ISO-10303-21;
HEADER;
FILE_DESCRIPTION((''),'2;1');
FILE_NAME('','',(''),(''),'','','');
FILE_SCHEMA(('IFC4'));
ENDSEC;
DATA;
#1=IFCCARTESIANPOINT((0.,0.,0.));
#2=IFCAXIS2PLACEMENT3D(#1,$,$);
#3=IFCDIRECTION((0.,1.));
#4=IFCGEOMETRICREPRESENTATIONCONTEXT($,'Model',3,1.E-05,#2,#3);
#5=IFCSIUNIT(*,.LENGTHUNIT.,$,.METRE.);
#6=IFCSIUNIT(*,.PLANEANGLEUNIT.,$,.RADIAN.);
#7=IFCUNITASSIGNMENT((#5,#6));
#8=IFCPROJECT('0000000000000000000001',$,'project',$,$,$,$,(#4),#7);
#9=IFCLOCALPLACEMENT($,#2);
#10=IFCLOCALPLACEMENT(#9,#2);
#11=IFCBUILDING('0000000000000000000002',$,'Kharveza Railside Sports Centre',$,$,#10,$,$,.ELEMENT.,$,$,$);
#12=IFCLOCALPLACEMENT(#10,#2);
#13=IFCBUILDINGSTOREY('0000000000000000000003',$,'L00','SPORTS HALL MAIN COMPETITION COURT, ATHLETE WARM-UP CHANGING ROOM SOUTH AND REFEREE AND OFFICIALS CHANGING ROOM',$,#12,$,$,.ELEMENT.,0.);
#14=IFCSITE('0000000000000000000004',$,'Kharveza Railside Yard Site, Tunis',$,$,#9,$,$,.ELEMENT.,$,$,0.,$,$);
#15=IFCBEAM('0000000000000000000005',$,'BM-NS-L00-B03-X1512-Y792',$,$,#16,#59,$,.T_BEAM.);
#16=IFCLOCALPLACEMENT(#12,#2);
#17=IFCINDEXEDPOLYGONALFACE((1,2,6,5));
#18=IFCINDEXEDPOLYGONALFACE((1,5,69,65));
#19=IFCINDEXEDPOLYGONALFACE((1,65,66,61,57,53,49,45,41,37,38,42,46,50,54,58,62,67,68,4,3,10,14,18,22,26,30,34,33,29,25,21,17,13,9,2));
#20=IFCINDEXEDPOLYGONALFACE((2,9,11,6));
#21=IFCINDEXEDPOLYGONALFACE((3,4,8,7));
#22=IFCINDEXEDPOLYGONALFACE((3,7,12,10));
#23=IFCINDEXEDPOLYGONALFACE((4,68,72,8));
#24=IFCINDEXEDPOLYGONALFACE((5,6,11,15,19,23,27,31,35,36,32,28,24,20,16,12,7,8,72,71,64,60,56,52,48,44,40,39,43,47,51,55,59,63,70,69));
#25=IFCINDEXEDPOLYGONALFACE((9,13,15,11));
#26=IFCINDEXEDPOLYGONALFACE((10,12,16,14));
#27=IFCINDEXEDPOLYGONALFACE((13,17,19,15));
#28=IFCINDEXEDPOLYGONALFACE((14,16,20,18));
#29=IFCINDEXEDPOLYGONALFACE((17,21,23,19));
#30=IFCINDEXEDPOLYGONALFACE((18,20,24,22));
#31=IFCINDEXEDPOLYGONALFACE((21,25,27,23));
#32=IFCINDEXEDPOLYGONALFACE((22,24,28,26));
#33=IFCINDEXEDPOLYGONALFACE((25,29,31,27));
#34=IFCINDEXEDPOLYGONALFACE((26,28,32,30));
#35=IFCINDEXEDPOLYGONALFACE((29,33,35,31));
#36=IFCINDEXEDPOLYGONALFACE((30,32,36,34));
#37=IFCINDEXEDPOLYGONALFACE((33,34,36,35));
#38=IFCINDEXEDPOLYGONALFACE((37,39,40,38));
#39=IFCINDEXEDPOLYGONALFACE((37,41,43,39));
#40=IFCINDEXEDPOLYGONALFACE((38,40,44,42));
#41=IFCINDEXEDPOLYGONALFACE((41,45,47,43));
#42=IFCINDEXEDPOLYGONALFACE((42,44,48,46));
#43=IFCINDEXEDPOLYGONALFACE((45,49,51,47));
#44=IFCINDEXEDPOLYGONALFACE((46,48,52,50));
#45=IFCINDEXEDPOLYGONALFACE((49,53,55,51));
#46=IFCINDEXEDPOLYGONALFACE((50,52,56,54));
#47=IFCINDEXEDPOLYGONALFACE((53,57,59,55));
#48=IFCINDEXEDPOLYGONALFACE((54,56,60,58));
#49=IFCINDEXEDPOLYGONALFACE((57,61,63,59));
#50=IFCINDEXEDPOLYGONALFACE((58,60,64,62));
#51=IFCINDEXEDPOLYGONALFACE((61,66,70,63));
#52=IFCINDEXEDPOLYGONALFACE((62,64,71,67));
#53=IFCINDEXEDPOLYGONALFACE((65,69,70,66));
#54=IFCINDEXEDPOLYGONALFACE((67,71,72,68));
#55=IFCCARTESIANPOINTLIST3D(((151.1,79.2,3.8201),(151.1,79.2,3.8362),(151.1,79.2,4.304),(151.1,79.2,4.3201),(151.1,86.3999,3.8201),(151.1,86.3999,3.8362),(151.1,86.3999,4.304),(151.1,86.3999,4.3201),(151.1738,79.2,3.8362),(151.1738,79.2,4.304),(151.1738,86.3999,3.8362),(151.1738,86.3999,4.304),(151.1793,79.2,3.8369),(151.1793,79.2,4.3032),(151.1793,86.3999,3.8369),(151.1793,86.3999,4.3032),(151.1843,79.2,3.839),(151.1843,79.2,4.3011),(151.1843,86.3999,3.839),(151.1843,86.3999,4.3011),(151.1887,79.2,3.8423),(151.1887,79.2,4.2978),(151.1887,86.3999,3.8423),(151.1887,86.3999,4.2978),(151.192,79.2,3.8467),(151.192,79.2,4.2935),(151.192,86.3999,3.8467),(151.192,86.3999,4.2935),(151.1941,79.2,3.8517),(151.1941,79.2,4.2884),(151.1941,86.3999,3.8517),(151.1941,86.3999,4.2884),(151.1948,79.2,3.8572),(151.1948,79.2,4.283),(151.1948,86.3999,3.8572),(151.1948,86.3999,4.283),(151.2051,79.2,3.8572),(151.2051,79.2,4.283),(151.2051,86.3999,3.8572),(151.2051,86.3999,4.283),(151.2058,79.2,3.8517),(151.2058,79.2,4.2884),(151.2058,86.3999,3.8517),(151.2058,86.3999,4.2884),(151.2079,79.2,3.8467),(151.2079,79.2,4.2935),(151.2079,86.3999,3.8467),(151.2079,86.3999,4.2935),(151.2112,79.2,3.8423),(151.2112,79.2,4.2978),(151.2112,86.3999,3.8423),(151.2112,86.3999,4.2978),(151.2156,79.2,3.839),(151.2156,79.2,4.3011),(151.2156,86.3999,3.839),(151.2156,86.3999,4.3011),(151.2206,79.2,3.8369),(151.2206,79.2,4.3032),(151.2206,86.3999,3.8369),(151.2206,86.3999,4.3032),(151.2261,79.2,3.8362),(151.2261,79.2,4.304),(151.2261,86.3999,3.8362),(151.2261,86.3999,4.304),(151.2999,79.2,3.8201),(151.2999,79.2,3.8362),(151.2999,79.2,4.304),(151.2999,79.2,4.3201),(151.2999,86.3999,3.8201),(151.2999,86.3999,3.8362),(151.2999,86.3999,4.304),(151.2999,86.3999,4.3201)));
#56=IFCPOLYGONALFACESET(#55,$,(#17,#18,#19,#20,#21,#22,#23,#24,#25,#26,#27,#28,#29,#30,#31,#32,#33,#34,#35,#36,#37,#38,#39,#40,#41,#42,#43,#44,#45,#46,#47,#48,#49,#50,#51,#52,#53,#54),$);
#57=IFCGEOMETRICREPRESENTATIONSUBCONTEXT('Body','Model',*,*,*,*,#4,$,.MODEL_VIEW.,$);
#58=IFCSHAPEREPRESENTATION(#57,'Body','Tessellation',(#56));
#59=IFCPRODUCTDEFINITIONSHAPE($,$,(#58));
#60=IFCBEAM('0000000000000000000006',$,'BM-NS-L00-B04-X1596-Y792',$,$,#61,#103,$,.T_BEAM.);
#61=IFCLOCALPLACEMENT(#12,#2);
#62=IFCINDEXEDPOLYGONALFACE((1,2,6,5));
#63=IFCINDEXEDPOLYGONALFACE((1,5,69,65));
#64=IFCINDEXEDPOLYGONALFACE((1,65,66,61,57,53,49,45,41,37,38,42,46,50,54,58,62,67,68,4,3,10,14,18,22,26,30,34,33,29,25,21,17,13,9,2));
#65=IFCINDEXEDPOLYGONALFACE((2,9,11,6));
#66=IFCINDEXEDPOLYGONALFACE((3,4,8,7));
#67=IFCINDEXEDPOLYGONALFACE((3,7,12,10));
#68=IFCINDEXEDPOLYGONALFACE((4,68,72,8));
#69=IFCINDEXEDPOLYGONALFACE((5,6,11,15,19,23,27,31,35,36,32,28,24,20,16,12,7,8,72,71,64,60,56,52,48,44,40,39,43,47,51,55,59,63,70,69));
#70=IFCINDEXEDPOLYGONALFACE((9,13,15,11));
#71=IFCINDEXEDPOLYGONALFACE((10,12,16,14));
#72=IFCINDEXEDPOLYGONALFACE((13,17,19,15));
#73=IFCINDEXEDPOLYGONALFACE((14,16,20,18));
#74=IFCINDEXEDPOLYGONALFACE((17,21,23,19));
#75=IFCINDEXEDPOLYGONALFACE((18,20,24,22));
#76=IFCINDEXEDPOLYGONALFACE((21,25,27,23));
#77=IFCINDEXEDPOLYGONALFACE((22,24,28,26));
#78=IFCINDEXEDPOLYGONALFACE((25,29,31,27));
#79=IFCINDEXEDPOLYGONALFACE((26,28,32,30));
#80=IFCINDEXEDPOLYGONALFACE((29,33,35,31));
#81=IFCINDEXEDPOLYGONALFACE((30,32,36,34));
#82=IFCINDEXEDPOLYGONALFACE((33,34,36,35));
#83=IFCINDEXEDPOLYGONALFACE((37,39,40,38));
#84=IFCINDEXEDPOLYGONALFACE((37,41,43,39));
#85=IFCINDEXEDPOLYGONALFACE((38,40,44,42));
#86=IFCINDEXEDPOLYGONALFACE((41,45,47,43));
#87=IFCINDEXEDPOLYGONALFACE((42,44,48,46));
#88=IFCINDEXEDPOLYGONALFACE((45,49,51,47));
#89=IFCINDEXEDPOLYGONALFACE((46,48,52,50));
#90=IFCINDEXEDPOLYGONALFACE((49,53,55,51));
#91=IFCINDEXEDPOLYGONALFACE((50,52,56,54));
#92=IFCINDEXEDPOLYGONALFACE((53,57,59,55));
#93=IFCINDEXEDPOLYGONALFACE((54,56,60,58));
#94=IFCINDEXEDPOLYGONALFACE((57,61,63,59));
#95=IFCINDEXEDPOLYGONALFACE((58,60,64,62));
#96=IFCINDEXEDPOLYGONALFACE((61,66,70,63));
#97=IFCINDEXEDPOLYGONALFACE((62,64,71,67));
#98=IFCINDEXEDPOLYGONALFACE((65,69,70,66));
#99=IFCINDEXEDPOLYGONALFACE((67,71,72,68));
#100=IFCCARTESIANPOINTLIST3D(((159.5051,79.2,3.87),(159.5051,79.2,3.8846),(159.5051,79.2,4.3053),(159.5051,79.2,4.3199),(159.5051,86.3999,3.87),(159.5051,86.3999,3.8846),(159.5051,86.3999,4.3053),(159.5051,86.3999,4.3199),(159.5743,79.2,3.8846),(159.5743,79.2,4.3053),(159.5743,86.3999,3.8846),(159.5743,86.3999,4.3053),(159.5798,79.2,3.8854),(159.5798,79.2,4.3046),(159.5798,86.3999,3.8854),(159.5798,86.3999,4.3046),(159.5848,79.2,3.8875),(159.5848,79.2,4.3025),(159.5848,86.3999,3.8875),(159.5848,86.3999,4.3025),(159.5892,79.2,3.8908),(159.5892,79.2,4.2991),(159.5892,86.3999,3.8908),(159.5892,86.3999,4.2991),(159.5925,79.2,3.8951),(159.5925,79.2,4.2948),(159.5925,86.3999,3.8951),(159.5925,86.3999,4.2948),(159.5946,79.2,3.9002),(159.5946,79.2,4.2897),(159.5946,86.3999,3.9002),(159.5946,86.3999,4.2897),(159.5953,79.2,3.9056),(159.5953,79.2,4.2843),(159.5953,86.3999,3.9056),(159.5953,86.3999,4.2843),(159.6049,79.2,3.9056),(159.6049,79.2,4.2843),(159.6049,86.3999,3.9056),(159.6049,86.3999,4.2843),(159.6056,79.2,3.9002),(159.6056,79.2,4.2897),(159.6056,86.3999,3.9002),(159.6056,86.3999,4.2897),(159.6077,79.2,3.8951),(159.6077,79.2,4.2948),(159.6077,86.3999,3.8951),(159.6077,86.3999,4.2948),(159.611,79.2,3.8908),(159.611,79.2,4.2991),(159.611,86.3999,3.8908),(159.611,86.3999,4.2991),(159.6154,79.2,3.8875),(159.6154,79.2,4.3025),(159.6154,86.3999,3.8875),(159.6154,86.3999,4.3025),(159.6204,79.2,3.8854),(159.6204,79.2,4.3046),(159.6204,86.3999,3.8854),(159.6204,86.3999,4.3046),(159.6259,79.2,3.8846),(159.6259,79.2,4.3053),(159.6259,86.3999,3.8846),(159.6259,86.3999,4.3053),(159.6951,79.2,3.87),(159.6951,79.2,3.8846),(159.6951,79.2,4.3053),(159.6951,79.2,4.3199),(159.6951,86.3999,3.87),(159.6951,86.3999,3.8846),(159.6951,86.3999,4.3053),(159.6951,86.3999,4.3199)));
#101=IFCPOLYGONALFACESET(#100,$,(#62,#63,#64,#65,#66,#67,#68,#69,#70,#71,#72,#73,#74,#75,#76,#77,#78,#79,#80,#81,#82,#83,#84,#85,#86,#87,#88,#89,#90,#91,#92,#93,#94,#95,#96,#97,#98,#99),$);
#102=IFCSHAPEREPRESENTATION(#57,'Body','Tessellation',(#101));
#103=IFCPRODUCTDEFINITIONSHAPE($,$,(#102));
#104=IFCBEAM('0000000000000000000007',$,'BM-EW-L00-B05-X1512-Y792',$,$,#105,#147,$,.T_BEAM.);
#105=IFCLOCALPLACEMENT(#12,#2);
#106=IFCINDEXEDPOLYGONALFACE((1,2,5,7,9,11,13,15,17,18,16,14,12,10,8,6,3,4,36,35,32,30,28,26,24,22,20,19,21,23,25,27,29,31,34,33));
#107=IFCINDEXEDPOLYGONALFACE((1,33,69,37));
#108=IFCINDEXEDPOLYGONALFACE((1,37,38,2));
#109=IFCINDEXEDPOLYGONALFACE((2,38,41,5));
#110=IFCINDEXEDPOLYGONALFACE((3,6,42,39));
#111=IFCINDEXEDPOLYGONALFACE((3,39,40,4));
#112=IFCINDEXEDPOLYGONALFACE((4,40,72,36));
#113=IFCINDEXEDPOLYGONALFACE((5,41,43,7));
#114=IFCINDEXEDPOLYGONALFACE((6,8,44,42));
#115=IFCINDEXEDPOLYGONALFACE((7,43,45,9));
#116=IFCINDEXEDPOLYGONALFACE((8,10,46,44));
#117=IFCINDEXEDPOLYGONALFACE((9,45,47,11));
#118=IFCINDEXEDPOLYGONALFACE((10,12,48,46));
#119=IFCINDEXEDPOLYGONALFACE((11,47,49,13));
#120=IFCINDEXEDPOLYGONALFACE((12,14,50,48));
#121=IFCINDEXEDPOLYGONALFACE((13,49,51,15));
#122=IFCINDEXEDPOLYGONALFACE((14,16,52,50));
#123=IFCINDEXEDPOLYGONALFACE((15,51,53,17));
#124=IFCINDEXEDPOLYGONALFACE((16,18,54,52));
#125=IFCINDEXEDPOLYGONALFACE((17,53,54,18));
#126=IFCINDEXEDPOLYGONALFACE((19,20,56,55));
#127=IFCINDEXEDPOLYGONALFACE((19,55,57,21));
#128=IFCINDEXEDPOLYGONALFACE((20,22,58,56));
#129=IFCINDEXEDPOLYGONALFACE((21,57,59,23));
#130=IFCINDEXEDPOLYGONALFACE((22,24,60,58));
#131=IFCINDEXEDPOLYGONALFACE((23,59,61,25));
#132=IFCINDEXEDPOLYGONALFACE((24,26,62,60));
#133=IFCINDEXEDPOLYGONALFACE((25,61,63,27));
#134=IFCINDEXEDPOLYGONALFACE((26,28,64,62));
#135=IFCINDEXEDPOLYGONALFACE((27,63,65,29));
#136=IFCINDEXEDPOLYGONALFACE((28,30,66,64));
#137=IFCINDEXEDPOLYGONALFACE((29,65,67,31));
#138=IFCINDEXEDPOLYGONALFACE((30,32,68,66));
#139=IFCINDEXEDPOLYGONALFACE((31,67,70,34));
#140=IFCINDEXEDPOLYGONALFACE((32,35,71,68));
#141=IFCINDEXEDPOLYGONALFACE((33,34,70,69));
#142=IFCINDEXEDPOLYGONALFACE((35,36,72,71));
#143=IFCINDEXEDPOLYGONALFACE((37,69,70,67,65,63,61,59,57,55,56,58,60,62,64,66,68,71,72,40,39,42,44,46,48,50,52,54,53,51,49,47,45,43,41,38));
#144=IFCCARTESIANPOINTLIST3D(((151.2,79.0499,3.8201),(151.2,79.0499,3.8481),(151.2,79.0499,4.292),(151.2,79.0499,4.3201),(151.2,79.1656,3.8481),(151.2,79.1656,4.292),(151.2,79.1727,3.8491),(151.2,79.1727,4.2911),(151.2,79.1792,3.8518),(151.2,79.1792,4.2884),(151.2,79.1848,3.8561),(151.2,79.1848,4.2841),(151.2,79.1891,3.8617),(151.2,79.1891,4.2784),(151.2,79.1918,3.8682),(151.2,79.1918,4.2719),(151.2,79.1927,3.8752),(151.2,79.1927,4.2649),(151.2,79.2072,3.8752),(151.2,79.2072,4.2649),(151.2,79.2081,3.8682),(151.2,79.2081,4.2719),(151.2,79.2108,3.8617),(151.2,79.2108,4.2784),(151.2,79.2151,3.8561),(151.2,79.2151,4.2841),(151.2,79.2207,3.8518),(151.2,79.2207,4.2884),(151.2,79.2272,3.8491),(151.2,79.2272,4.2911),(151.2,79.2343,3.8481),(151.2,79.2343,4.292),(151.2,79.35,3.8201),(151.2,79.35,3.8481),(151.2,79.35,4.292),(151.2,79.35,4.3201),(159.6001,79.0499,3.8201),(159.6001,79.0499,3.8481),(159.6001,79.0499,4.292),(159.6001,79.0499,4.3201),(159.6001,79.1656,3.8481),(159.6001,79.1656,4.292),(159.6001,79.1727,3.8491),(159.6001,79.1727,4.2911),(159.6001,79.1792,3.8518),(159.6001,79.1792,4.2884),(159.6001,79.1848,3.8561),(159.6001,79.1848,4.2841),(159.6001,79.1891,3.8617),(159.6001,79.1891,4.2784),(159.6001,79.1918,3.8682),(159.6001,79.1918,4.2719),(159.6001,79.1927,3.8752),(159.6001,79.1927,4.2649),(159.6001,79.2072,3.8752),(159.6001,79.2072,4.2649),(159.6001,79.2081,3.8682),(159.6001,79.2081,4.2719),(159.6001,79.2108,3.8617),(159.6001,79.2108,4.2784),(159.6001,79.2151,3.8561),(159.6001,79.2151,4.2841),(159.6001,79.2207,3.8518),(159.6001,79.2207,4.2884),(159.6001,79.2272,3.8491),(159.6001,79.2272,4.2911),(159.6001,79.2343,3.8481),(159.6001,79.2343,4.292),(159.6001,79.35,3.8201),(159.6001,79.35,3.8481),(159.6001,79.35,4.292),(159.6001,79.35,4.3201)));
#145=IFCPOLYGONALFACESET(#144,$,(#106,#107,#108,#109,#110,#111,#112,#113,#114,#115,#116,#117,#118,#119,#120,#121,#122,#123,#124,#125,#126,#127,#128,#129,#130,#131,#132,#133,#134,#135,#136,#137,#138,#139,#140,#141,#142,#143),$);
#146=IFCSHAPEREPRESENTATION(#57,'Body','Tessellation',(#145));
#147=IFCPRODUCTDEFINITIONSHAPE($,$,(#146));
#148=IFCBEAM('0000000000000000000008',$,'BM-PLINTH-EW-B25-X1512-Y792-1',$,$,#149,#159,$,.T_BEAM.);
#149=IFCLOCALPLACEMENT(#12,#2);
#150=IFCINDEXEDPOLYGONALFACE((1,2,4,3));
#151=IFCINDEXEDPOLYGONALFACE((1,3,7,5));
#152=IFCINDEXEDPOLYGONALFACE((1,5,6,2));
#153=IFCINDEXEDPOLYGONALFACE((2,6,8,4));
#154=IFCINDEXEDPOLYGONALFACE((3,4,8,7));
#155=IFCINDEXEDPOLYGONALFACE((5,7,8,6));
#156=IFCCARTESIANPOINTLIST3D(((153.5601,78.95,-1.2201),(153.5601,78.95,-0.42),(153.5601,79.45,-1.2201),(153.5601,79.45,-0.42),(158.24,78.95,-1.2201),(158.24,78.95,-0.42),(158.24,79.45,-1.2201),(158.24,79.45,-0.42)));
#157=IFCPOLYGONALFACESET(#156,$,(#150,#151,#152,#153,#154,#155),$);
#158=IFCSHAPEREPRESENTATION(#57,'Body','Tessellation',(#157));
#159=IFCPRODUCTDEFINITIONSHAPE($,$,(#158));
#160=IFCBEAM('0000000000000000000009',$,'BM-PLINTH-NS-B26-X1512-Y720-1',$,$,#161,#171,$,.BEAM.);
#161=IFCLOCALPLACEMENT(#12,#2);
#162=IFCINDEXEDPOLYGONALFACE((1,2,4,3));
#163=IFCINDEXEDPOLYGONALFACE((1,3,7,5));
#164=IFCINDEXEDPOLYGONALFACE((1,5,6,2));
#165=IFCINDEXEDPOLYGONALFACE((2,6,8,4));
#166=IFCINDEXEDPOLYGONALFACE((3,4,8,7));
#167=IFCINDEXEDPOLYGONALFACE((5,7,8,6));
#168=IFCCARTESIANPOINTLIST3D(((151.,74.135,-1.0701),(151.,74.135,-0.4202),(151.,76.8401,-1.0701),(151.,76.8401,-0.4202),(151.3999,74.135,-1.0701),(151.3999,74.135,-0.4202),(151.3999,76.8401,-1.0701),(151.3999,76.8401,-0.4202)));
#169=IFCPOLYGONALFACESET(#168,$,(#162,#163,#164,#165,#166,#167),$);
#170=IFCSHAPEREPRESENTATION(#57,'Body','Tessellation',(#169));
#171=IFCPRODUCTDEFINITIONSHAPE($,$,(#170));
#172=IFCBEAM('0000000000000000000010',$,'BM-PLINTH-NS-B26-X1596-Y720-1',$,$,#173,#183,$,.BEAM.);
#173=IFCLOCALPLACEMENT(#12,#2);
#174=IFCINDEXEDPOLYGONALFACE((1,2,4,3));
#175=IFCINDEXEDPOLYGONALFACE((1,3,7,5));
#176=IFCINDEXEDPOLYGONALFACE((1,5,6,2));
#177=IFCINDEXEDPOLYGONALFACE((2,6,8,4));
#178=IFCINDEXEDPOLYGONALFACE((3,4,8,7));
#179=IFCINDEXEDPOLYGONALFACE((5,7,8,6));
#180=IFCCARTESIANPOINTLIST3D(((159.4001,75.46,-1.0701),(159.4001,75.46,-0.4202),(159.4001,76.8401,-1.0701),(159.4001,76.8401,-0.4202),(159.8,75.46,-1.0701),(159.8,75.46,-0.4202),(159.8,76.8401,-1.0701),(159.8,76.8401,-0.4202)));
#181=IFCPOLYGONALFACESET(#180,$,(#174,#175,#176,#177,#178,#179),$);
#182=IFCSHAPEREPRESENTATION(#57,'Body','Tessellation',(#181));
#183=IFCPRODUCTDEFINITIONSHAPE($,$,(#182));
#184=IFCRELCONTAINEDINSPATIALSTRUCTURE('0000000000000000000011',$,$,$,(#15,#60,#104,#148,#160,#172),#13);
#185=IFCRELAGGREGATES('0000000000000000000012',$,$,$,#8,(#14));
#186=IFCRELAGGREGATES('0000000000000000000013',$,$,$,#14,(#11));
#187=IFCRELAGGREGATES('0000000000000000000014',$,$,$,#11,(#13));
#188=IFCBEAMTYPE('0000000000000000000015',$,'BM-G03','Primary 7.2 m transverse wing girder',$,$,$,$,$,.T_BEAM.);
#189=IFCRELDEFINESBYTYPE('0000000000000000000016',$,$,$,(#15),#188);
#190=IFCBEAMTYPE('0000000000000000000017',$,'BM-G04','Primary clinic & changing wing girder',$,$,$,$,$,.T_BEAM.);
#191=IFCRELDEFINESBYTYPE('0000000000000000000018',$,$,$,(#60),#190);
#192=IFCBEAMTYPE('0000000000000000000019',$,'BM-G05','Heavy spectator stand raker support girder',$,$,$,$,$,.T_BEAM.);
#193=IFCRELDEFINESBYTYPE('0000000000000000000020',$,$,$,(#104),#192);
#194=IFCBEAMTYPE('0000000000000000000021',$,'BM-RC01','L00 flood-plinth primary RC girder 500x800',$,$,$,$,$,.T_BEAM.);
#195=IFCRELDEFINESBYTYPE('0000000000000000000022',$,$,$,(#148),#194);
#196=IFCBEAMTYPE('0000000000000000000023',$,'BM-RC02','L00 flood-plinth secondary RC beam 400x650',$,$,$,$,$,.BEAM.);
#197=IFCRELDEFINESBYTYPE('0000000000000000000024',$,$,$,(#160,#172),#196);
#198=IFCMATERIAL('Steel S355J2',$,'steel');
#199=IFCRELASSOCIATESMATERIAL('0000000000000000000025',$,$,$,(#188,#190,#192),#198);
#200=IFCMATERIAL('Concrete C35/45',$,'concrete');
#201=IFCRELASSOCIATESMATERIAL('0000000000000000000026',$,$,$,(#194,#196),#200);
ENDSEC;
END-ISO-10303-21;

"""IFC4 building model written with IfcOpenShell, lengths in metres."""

from ifc_helpers import new_model, si_unit, direction, frame, origin, origin_2d, place, context, subcontext, project, spatial, rectangle, i_section, extrude, material, material_profile, profile_set, type_object, element, save


model = new_model("IFC4")

# Units and contexts
model_context = context("Model", 3, precision=1e-05, world=origin(), true_north=direction((0.0, 1.0)))
body_context = subcontext(model_context, "Body", "Model", "MODEL_VIEW")
ifc_project = project(units=[si_unit("LENGTHUNIT", "METRE"), si_unit("PLANEANGLEUNIT", "RADIAN")], contexts=[model_context])

# Site, building, storey
site_placement = place(None, origin())
site = spatial("IfcSite", under=ifc_project, at=site_placement, Name="Kharveza Railside Yard Site, Tunis", CompositionType="ELEMENT", RefElevation=0.0)
building_placement = place(site_placement, origin())
building = spatial("IfcBuilding", under=site, at=building_placement, Name="Kharveza Railside Sports Centre", CompositionType="ELEMENT")
storey_placement = place(building_placement, origin())
storey = spatial("IfcBuildingStorey", under=building, at=storey_placement, Name="L00", Description="SPORTS HALL MAIN COMPETITION COURT, ATHLETE WARM-UP CHANGING ROOM SOUTH AND REFEREE AND OFFICIALS CHANGING ROOM", CompositionType="ELEMENT", Elevation=0.0)

# Shared definitions
ifc_material_1 = material(Name="Concrete C35/45", Category="concrete")

# Shared definitions
ifc_material_2 = material(Name="Steel S355J2", Category="steel")

# Beams
ifc_material_profile_1 = material_profile(ifc_material_2, i_section(OverallWidth=0.2, OverallDepth=0.5, WebThickness=0.0103, FlangeThickness=0.0161, FilletRadius=0.021, at=origin_2d()), Name="IPE 500")
ifc_profile_set_1 = profile_set([ifc_material_profile_1], Name="Steel S355J2")
beam_type_1 = type_object("IfcBeamType", Name="BM-G03", Description="Primary 7.2 m transverse wing girder", PredefinedType="T_BEAM", material=ifc_profile_set_1)
beam_1_placement = place(storey_placement, frame((151.2, 79.2, 4.0701), z_axis=(0.0, 1.0, 0.0), x_axis=(-1.0, 0.0, 0.0)))
element("IfcBeam", 1, at=beam_1_placement, inside=storey, type_object=beam_type_1, Name="BM-NS-L00-B03-X1512-Y792", PredefinedType="T_BEAM", context=body_context, shape_type="SweptSolid", body=[
    extrude(i_section(OverallWidth=0.2, OverallDepth=0.5, WebThickness=0.0103, FlangeThickness=0.0161, FilletRadius=0.021, at=origin_2d()), origin(), (0.0, 0.0, 1.0), 7.2),
])
ifc_material_profile_2 = material_profile(ifc_material_2, i_section(OverallWidth=0.1899, OverallDepth=0.45, WebThickness=0.0095, FlangeThickness=0.0146, FilletRadius=0.021, at=origin_2d()), Name="IPE 450")
ifc_profile_set_2 = profile_set([ifc_material_profile_2], Name="Steel S355J2")
beam_type_2 = type_object("IfcBeamType", Name="BM-G04", Description="Primary clinic & changing wing girder", PredefinedType="T_BEAM", material=ifc_profile_set_2)
beam_2_placement = place(storey_placement, frame((159.6001, 79.2, 4.095), z_axis=(0.0, 1.0, 0.0), x_axis=(-1.0, 0.0, 0.0)))
element("IfcBeam", 2, at=beam_2_placement, inside=storey, type_object=beam_type_2, Name="BM-NS-L00-B04-X1596-Y792", PredefinedType="T_BEAM", context=body_context, shape_type="SweptSolid", body=[
    extrude(i_section(OverallWidth=0.1899, OverallDepth=0.45, WebThickness=0.0095, FlangeThickness=0.0146, FilletRadius=0.021, at=origin_2d()), origin(), (0.0, 0.0, 1.0), 7.2),
])
ifc_material_profile_3 = material_profile(ifc_material_2, i_section(OverallWidth=0.3, OverallDepth=0.5, WebThickness=0.0144, FlangeThickness=0.0281, FilletRadius=0.0271, at=origin_2d()), Name="HEB 500")
ifc_profile_set_3 = profile_set([ifc_material_profile_3], Name="Steel S355J2")
beam_type_3 = type_object("IfcBeamType", Name="BM-G05", Description="Heavy spectator stand raker support girder", PredefinedType="T_BEAM", material=ifc_profile_set_3)
beam_3_placement = place(storey_placement, frame((151.2, 79.2, 4.0701), z_axis=(1.0, 0.0, 0.0), x_axis=(0.0, 1.0, 0.0)))
element("IfcBeam", 3, at=beam_3_placement, inside=storey, type_object=beam_type_3, Name="BM-EW-L00-B05-X1512-Y792", PredefinedType="T_BEAM", context=body_context, shape_type="SweptSolid", body=[
    extrude(i_section(OverallWidth=0.3, OverallDepth=0.5, WebThickness=0.0144, FlangeThickness=0.0281, FilletRadius=0.0271, at=origin_2d()), origin(), (0.0, 0.0, 1.0), 8.4001),
])
ifc_material_profile_4 = material_profile(ifc_material_1, rectangle(XDim=0.5, YDim=0.8, at=origin_2d()), Name="RCB 500x800")
ifc_profile_set_4 = profile_set([ifc_material_profile_4], Name="Concrete C35/45")
beam_type_4 = type_object("IfcBeamType", Name="BM-RC01", Description="L00 flood-plinth primary RC girder 500x800", PredefinedType="T_BEAM", material=ifc_profile_set_4)
beam_4_placement = place(storey_placement, frame((153.5601, 79.2, -0.8201), z_axis=(1.0, 0.0, 0.0), x_axis=(0.0, 1.0, 0.0)))
element("IfcBeam", 4, at=beam_4_placement, inside=storey, type_object=beam_type_4, Name="BM-PLINTH-EW-B25-X1512-Y792-1", PredefinedType="T_BEAM", context=body_context, shape_type="SweptSolid", body=[
    extrude(rectangle(XDim=0.5, YDim=0.8, at=origin_2d()), origin(), (0.0, 0.0, 1.0), 4.6799),
])
ifc_material_profile_5 = material_profile(ifc_material_1, rectangle(XDim=0.3999, YDim=0.6499, at=origin_2d()), Name="RCB 400x650")
ifc_profile_set_5 = profile_set([ifc_material_profile_5], Name="Concrete C35/45")
beam_type_5 = type_object("IfcBeamType", Name="BM-RC02", Description="L00 flood-plinth secondary RC beam 400x650", PredefinedType="BEAM", material=ifc_profile_set_5)
beam_5_placement = place(storey_placement, frame((151.2, 74.135, -0.7451), z_axis=(0.0, 1.0, 0.0), x_axis=(-1.0, 0.0, 0.0)))
element("IfcBeam", 5, at=beam_5_placement, inside=storey, type_object=beam_type_5, Name="BM-PLINTH-NS-B26-X1512-Y720-1", PredefinedType="BEAM", context=body_context, shape_type="SweptSolid", body=[
    extrude(rectangle(XDim=0.3999, YDim=0.6499, at=origin_2d()), origin(), (0.0, 0.0, 1.0), 2.7051),
])
beam_6_placement = place(storey_placement, frame((159.6001, 75.46, -0.7451), z_axis=(0.0, 1.0, 0.0), x_axis=(-1.0, 0.0, 0.0)))
element("IfcBeam", 6, at=beam_6_placement, inside=storey, type_object=beam_type_5, Name="BM-PLINTH-NS-B26-X1596-Y720-1", PredefinedType="BEAM", context=body_context, shape_type="SweptSolid", body=[
    extrude(rectangle(XDim=0.3999, YDim=0.6499, at=origin_2d()), origin(), (0.0, 0.0, 1.0), 1.3801),
])

save(model, "model.ifc")
